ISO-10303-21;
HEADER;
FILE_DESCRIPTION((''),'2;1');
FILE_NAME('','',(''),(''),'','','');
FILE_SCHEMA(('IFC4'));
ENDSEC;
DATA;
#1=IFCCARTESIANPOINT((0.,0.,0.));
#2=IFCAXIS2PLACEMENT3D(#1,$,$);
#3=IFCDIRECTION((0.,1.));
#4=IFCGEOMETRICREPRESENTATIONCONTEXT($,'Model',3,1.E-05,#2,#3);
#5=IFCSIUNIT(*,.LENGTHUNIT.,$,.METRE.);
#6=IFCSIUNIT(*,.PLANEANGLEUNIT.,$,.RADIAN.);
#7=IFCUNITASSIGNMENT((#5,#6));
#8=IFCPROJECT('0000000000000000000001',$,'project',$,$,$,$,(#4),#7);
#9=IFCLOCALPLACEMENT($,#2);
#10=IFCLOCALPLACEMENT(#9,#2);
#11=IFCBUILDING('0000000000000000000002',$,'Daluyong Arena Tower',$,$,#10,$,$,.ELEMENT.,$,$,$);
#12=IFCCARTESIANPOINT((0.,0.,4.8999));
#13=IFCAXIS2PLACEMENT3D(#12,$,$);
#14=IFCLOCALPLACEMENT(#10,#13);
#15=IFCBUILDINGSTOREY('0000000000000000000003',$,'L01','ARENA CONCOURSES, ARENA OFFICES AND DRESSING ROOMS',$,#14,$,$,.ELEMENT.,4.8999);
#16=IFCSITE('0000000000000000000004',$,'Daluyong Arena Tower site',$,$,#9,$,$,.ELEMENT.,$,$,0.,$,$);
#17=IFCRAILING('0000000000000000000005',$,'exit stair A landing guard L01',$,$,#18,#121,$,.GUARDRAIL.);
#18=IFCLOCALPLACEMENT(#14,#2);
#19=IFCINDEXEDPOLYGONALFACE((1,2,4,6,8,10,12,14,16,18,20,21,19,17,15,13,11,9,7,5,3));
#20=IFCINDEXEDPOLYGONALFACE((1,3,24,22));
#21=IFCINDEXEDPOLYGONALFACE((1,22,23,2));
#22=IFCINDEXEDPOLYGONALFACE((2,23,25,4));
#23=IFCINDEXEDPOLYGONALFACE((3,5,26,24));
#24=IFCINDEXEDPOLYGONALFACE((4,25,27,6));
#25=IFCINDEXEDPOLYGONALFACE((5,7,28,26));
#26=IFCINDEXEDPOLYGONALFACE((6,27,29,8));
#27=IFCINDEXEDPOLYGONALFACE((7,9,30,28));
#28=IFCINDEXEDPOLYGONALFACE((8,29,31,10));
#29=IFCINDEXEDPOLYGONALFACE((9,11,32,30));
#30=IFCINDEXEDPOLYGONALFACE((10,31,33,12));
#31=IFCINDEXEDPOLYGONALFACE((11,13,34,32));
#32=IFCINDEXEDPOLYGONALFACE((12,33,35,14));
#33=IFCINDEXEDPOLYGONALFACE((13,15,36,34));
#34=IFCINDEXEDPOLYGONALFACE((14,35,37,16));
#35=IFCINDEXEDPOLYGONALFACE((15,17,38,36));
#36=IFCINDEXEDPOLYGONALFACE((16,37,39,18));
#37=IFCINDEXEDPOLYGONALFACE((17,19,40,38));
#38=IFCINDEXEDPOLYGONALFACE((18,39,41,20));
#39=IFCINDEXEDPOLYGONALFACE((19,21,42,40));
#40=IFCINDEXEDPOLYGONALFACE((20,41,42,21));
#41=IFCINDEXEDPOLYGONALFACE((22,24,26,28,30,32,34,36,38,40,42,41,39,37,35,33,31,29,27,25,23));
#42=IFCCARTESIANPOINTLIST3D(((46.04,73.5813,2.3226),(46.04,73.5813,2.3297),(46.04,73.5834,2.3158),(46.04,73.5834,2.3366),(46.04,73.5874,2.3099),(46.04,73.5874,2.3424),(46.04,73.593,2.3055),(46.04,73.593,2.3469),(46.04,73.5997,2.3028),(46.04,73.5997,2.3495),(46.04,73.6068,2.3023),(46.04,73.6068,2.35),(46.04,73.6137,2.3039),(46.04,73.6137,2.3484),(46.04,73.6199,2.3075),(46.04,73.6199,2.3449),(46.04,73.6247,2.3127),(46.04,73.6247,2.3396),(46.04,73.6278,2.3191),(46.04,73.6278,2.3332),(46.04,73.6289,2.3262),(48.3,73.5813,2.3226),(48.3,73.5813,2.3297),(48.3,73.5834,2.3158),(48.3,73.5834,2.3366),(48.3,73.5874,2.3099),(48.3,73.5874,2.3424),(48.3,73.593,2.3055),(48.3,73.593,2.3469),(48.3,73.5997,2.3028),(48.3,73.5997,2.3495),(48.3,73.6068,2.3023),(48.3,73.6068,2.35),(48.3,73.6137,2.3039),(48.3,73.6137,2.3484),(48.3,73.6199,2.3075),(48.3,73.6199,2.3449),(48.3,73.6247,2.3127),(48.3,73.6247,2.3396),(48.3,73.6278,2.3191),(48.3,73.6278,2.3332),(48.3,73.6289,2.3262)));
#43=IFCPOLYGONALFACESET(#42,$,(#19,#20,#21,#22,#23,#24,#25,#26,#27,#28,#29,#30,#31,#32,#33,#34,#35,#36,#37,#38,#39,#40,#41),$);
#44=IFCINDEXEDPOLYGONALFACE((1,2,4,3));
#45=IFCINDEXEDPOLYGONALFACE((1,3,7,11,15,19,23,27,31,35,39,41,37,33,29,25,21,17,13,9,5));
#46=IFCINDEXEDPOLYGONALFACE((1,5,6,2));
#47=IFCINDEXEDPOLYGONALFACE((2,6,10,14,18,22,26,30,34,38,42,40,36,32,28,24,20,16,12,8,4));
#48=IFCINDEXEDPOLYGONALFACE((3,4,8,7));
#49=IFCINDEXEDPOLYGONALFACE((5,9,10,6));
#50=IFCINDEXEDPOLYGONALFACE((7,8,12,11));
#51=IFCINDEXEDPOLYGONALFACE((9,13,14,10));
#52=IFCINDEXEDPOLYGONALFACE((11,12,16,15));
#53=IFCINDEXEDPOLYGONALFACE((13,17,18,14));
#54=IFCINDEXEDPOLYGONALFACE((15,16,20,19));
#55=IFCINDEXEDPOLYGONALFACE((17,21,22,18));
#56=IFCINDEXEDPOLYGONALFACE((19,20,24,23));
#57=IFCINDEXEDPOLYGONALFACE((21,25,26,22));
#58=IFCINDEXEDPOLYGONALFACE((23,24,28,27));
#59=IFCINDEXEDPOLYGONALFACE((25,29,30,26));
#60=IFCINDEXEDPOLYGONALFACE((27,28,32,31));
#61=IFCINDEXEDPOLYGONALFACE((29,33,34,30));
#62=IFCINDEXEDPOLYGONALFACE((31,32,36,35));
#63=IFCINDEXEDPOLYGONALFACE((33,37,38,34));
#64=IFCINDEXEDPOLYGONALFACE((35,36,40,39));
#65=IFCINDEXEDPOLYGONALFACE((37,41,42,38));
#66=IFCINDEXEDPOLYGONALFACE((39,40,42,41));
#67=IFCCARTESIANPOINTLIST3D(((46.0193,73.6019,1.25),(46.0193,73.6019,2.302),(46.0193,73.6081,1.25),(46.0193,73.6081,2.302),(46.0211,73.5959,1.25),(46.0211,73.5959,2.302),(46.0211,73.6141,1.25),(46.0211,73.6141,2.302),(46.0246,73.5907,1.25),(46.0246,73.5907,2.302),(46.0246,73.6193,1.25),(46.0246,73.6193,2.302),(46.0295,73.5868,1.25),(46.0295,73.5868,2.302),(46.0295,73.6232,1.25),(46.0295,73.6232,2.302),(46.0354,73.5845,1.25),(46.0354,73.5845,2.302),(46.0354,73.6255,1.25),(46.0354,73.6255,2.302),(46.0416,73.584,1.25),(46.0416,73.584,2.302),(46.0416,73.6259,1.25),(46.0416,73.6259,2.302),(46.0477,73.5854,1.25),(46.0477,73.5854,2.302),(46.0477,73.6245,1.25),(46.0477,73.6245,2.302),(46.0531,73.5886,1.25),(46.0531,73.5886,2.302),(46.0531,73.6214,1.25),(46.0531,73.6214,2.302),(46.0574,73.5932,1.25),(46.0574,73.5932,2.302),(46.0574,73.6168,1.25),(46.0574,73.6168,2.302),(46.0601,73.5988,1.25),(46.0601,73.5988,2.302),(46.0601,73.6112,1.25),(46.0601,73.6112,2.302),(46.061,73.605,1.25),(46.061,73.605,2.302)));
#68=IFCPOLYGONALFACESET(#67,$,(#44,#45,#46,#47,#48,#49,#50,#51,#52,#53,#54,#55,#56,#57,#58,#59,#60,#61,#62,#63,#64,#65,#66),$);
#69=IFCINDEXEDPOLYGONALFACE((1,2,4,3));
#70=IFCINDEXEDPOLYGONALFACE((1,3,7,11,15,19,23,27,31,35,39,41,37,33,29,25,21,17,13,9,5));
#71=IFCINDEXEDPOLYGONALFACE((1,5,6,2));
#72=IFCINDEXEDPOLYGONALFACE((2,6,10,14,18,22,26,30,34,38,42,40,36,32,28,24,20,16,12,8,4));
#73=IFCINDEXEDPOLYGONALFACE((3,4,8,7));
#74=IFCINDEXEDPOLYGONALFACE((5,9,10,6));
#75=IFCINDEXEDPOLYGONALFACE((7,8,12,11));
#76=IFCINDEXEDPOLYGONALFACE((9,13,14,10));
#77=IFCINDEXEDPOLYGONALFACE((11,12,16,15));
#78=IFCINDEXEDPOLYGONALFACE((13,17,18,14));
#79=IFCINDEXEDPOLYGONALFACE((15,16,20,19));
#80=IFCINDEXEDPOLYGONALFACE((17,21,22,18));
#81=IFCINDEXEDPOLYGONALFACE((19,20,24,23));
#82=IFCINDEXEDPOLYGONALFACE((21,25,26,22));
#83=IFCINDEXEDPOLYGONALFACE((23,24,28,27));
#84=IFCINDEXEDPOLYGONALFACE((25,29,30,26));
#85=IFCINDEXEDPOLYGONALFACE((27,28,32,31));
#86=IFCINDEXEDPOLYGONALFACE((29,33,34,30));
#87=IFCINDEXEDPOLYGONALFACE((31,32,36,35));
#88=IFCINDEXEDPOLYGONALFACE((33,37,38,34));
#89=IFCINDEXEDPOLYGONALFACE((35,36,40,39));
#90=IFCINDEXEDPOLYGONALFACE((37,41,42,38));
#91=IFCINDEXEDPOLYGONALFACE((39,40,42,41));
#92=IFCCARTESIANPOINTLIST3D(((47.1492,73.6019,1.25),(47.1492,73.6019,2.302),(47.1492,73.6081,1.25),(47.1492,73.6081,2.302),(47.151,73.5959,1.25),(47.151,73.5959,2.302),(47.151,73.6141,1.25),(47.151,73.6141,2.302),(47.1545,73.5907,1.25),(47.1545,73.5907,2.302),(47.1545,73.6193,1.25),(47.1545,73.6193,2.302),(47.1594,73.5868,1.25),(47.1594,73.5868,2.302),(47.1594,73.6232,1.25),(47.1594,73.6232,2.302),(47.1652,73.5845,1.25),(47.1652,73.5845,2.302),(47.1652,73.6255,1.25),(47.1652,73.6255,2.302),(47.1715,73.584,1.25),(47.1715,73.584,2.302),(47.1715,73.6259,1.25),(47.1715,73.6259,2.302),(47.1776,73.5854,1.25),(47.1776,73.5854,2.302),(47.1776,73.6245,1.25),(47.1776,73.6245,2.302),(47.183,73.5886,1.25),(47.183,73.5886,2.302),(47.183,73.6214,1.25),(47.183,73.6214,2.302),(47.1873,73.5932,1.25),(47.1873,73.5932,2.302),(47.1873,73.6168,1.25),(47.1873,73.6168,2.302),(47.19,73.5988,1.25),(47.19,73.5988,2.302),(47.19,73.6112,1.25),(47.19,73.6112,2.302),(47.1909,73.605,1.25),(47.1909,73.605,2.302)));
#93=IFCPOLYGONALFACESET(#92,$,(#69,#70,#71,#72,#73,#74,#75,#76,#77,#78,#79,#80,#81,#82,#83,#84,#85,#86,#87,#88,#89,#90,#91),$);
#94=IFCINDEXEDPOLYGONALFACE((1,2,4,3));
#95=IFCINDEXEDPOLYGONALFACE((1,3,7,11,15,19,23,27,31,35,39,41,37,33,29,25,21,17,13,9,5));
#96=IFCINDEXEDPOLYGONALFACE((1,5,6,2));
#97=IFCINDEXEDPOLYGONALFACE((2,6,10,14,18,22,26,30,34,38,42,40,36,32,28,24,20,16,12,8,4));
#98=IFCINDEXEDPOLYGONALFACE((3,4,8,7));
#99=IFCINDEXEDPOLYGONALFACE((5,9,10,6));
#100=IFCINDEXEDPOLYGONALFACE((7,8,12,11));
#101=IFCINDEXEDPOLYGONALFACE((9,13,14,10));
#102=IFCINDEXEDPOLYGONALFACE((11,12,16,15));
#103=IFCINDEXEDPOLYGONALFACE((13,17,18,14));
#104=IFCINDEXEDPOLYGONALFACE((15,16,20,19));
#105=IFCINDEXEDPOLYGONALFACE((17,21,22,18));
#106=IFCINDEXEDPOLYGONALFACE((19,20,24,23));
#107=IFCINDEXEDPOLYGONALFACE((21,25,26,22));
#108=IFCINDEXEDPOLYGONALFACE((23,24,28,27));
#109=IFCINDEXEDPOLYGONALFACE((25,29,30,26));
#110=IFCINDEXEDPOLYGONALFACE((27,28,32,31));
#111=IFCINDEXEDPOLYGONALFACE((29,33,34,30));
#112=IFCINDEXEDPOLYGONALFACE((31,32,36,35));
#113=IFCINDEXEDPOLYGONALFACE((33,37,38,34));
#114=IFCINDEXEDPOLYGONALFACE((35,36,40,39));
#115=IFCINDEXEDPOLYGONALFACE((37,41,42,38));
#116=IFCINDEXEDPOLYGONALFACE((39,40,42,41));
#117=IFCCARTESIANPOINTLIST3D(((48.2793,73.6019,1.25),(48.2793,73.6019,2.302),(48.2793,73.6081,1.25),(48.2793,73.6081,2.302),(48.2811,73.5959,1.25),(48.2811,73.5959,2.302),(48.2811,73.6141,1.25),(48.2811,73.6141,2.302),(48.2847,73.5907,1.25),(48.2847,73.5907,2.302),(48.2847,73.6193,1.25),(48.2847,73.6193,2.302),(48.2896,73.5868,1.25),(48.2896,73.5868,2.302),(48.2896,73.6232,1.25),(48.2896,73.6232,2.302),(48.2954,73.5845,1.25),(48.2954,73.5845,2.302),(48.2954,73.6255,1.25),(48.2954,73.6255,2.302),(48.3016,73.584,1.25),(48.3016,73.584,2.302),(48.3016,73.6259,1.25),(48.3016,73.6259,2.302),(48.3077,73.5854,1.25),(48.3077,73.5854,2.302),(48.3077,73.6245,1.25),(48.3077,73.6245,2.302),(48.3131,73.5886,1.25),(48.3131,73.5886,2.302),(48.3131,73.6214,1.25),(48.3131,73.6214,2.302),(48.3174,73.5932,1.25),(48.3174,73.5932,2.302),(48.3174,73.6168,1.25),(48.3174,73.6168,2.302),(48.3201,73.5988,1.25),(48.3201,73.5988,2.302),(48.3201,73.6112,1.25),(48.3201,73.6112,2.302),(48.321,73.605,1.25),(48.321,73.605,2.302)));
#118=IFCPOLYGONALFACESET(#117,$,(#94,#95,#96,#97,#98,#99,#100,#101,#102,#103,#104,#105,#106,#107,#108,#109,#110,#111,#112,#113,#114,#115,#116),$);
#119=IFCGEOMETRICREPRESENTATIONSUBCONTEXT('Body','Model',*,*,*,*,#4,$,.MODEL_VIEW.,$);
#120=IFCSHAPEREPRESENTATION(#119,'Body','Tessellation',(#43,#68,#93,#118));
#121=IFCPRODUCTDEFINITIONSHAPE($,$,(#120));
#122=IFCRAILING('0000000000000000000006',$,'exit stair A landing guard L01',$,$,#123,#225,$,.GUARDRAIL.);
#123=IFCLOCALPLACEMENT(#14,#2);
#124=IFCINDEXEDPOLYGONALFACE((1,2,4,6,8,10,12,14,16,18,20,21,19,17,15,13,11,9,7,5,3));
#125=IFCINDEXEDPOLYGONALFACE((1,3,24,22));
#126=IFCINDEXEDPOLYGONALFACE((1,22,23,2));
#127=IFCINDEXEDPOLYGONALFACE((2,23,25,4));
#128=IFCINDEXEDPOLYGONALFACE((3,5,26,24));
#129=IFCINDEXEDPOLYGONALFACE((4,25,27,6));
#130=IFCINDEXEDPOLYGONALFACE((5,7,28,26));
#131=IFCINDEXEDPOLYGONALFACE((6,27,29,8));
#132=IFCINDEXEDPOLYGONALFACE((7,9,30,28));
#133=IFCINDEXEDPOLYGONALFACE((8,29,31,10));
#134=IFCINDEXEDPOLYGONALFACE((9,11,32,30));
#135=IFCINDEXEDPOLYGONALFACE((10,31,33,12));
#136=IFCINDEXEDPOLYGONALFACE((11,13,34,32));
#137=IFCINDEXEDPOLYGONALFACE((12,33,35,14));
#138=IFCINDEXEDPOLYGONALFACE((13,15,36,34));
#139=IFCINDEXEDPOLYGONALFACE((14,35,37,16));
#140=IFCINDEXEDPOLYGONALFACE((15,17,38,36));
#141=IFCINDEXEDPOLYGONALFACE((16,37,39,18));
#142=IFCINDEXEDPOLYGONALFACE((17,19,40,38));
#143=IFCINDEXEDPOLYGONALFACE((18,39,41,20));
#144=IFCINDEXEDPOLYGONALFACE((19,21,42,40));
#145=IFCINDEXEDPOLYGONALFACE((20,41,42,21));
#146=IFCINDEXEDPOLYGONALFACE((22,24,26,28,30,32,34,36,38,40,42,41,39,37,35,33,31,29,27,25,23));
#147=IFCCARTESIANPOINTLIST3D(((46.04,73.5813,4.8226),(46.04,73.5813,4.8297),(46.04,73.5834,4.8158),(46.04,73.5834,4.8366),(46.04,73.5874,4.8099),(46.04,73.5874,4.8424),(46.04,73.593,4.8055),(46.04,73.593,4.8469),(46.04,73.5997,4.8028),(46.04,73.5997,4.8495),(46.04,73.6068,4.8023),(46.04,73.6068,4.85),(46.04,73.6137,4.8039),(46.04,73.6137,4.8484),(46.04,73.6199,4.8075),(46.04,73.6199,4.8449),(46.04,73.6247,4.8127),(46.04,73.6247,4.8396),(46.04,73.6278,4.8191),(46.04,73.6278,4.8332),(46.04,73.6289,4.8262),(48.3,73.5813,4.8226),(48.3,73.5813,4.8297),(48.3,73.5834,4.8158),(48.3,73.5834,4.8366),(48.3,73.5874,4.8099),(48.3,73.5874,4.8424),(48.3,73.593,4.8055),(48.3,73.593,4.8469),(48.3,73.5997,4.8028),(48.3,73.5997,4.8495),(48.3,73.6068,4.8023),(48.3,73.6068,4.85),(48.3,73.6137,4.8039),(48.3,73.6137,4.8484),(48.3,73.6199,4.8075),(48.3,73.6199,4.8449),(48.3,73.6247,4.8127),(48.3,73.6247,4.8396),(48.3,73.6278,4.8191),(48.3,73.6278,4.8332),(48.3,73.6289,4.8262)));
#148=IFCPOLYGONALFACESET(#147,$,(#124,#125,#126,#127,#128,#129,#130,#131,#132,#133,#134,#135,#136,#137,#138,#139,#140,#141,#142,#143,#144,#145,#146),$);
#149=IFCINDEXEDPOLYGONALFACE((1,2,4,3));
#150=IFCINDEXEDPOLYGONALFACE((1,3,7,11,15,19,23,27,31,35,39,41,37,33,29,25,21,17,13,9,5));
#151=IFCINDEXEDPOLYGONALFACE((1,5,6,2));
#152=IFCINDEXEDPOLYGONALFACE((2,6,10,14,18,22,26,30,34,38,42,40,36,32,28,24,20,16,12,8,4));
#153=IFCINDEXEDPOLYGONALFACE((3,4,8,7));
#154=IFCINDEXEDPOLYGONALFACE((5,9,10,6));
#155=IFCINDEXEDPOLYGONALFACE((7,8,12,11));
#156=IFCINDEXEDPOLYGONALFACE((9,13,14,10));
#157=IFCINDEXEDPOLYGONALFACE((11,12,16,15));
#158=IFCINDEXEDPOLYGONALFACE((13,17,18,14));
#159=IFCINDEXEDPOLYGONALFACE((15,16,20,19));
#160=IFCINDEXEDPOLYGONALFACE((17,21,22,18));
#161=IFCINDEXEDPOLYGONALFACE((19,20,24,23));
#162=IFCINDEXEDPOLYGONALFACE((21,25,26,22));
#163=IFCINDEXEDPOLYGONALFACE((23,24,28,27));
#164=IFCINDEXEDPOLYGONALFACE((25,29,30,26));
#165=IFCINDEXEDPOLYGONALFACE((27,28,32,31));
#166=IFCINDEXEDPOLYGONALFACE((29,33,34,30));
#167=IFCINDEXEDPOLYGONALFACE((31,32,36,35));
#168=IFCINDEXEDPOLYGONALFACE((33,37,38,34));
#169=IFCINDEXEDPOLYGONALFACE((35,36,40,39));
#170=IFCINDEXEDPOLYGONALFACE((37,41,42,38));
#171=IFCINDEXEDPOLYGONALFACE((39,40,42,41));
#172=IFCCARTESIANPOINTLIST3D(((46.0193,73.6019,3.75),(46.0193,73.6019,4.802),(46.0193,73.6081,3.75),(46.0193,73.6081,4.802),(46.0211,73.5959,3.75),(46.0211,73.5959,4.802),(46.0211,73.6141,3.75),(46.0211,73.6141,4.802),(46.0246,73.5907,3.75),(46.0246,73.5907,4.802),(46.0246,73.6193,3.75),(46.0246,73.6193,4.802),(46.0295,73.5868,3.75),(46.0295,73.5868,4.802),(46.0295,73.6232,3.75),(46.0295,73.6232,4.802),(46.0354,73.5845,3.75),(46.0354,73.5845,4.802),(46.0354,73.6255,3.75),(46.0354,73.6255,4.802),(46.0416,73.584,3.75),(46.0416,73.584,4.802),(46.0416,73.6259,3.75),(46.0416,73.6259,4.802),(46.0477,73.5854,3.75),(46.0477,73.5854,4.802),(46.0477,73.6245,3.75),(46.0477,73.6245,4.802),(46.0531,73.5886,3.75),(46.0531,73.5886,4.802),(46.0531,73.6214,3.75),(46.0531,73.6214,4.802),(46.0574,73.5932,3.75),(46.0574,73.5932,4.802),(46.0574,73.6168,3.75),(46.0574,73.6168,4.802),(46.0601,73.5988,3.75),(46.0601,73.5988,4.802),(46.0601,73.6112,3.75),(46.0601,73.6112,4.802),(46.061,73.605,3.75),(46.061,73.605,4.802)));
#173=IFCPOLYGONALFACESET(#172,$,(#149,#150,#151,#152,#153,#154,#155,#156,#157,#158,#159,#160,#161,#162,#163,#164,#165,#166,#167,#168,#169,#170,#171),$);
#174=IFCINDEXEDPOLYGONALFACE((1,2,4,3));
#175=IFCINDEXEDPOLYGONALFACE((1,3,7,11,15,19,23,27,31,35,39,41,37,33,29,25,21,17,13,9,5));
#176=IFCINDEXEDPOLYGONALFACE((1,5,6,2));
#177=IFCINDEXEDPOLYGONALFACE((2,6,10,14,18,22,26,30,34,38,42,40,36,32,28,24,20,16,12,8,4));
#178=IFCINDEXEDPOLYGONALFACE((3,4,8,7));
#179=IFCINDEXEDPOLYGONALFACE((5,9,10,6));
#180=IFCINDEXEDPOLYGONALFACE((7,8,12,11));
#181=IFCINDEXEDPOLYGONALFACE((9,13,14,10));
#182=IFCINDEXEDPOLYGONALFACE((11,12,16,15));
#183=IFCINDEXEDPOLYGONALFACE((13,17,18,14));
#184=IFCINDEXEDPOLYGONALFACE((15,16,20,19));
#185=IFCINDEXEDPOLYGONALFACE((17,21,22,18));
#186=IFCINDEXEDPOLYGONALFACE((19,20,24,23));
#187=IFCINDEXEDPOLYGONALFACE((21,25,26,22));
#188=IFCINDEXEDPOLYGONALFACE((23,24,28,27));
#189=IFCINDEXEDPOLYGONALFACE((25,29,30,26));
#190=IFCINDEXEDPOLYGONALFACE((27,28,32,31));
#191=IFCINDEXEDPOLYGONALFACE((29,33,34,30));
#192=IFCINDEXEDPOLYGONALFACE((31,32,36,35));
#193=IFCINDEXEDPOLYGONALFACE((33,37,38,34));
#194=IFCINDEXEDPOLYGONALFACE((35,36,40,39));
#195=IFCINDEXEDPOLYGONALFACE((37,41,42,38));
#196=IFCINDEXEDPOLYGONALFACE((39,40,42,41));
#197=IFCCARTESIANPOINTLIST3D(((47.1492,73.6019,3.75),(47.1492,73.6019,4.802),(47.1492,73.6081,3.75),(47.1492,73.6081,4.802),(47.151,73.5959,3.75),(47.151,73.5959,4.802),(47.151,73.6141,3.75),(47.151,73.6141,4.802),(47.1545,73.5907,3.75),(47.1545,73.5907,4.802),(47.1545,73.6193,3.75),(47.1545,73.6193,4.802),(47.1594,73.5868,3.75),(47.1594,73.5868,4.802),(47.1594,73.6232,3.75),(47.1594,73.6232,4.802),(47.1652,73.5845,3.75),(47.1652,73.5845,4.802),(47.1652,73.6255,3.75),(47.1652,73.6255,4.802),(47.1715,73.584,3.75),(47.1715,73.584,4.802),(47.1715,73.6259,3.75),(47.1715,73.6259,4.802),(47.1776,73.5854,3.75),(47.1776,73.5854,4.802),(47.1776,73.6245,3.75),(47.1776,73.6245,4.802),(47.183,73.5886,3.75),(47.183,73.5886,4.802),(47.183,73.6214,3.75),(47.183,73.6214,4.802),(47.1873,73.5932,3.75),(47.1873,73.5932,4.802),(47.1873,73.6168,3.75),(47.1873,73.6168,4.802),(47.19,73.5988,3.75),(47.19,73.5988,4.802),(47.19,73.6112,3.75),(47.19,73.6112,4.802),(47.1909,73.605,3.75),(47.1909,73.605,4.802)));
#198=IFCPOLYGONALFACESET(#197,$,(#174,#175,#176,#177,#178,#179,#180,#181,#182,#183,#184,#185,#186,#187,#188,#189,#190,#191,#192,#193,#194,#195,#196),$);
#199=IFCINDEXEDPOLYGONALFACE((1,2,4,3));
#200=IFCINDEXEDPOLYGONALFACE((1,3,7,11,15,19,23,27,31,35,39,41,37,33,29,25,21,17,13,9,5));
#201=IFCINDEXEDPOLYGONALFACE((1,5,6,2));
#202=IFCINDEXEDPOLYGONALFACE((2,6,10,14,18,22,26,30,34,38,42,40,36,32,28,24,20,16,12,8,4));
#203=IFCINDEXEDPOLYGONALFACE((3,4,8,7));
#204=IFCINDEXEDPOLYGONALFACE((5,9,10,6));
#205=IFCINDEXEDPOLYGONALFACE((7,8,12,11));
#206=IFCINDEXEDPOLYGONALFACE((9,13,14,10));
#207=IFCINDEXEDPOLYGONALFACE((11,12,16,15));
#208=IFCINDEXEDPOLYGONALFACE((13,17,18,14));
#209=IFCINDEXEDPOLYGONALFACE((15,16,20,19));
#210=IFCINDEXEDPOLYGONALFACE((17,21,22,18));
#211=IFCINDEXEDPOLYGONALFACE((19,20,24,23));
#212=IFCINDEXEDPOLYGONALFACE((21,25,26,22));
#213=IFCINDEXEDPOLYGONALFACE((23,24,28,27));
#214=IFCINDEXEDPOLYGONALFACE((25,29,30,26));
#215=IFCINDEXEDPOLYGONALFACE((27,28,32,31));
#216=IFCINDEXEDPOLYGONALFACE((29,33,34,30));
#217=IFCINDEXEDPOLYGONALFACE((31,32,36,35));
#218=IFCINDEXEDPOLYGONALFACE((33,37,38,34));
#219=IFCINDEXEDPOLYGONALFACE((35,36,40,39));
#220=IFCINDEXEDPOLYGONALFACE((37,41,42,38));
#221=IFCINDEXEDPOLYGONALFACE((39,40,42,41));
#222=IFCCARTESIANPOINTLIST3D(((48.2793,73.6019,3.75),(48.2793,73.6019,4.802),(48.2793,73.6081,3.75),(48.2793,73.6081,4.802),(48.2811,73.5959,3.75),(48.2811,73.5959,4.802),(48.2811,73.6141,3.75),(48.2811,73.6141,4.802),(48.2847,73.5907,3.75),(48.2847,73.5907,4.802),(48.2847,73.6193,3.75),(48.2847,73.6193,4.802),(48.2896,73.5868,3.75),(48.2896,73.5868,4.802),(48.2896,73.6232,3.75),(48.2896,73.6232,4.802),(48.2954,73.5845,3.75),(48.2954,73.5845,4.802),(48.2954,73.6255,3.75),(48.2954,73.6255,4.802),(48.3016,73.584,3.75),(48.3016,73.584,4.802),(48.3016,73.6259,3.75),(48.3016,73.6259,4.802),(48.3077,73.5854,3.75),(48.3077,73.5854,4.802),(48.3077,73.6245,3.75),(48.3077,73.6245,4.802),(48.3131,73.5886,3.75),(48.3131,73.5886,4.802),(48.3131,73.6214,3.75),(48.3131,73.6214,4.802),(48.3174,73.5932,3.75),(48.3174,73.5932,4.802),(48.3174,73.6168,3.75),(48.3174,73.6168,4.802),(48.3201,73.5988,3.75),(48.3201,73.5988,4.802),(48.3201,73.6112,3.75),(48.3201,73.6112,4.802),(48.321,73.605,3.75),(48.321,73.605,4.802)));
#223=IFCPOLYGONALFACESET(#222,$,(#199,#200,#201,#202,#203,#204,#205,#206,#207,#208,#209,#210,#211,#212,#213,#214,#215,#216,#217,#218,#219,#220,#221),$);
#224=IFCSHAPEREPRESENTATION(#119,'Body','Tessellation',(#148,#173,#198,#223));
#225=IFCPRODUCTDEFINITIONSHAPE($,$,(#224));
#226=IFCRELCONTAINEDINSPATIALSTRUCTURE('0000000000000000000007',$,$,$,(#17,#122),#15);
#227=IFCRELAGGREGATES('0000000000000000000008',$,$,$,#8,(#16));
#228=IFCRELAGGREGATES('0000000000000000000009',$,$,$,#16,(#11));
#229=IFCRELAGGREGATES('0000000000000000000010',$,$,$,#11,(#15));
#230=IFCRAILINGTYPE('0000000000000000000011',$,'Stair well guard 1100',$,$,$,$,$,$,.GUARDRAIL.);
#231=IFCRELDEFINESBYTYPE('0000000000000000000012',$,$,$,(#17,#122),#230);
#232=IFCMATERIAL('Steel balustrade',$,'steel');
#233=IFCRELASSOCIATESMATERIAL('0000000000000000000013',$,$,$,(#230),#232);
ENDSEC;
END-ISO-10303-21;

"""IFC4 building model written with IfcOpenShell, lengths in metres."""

from ifc_helpers import new_model, si_unit, direction, frame, origin, origin_2d, place, context, subcontext, project, spatial, circle, extrude, material, type_object, element, save


model = new_model("IFC4")

# Units and contexts
model_context = context("Model", 3, precision=1e-05, world=origin(), true_north=direction((0.0, 1.0)))
body_context = subcontext(model_context, "Body", "Model", "MODEL_VIEW")
ifc_project = project(units=[si_unit("LENGTHUNIT", "METRE"), si_unit("PLANEANGLEUNIT", "RADIAN")], contexts=[model_context])

# Site, building, storey
site_placement = place(None, origin())
site = spatial("IfcSite", under=ifc_project, at=site_placement, Name="Daluyong Arena Tower site", CompositionType="ELEMENT", RefElevation=0.0)
building_placement = place(site_placement, origin())
building = spatial("IfcBuilding", under=site, at=building_placement, Name="Daluyong Arena Tower", CompositionType="ELEMENT")
storey_placement = place(building_placement, frame((0.0, 0.0, 4.8999)))
storey = spatial("IfcBuildingStorey", under=building, at=storey_placement, Name="L01", Description="ARENA CONCOURSES, ARENA OFFICES AND DRESSING ROOMS", CompositionType="ELEMENT", Elevation=4.8999)

# Railings
ifc_material_1 = material(Name="Steel balustrade", Category="steel")
railing_type_1 = type_object("IfcRailingType", Name="Stair well guard 1100", PredefinedType="GUARDRAIL", material=ifc_material_1)
for number, where, name in (
    (1, (46.04, 73.605, 1.25), "exit stair A landing guard L01"),
    (2, (46.04, 73.605, 3.75), "exit stair A landing guard L01"),
):
    element("IfcRailing", number, at=place(storey_placement, frame(where)), inside=storey, type_object=railing_type_1, Name=name, PredefinedType="GUARDRAIL", context=body_context, shape_type="SweptSolid", body=[
        extrude(circle(Radius=0.0239, at=origin_2d()), frame((0.0, 0.0, 1.0762), z_axis=(1.0, 0.0, 0.0), x_axis=(0.0, 1.0, 0.0)), (0.0, 0.0, 1.0), 2.26),
        extrude(circle(Radius=0.021, at=origin_2d()), origin(), (0.0, 0.0, 1.0), 1.052),
        extrude(circle(Radius=0.021, at=origin_2d()), frame((1.1299, 0.0, 0.0)), (0.0, 0.0, 1.0), 1.052),
        extrude(circle(Radius=0.021, at=origin_2d()), frame((2.26, 0.0, 0.0)), (0.0, 0.0, 1.0), 1.052),
    ])

save(model, "model.ifc")
